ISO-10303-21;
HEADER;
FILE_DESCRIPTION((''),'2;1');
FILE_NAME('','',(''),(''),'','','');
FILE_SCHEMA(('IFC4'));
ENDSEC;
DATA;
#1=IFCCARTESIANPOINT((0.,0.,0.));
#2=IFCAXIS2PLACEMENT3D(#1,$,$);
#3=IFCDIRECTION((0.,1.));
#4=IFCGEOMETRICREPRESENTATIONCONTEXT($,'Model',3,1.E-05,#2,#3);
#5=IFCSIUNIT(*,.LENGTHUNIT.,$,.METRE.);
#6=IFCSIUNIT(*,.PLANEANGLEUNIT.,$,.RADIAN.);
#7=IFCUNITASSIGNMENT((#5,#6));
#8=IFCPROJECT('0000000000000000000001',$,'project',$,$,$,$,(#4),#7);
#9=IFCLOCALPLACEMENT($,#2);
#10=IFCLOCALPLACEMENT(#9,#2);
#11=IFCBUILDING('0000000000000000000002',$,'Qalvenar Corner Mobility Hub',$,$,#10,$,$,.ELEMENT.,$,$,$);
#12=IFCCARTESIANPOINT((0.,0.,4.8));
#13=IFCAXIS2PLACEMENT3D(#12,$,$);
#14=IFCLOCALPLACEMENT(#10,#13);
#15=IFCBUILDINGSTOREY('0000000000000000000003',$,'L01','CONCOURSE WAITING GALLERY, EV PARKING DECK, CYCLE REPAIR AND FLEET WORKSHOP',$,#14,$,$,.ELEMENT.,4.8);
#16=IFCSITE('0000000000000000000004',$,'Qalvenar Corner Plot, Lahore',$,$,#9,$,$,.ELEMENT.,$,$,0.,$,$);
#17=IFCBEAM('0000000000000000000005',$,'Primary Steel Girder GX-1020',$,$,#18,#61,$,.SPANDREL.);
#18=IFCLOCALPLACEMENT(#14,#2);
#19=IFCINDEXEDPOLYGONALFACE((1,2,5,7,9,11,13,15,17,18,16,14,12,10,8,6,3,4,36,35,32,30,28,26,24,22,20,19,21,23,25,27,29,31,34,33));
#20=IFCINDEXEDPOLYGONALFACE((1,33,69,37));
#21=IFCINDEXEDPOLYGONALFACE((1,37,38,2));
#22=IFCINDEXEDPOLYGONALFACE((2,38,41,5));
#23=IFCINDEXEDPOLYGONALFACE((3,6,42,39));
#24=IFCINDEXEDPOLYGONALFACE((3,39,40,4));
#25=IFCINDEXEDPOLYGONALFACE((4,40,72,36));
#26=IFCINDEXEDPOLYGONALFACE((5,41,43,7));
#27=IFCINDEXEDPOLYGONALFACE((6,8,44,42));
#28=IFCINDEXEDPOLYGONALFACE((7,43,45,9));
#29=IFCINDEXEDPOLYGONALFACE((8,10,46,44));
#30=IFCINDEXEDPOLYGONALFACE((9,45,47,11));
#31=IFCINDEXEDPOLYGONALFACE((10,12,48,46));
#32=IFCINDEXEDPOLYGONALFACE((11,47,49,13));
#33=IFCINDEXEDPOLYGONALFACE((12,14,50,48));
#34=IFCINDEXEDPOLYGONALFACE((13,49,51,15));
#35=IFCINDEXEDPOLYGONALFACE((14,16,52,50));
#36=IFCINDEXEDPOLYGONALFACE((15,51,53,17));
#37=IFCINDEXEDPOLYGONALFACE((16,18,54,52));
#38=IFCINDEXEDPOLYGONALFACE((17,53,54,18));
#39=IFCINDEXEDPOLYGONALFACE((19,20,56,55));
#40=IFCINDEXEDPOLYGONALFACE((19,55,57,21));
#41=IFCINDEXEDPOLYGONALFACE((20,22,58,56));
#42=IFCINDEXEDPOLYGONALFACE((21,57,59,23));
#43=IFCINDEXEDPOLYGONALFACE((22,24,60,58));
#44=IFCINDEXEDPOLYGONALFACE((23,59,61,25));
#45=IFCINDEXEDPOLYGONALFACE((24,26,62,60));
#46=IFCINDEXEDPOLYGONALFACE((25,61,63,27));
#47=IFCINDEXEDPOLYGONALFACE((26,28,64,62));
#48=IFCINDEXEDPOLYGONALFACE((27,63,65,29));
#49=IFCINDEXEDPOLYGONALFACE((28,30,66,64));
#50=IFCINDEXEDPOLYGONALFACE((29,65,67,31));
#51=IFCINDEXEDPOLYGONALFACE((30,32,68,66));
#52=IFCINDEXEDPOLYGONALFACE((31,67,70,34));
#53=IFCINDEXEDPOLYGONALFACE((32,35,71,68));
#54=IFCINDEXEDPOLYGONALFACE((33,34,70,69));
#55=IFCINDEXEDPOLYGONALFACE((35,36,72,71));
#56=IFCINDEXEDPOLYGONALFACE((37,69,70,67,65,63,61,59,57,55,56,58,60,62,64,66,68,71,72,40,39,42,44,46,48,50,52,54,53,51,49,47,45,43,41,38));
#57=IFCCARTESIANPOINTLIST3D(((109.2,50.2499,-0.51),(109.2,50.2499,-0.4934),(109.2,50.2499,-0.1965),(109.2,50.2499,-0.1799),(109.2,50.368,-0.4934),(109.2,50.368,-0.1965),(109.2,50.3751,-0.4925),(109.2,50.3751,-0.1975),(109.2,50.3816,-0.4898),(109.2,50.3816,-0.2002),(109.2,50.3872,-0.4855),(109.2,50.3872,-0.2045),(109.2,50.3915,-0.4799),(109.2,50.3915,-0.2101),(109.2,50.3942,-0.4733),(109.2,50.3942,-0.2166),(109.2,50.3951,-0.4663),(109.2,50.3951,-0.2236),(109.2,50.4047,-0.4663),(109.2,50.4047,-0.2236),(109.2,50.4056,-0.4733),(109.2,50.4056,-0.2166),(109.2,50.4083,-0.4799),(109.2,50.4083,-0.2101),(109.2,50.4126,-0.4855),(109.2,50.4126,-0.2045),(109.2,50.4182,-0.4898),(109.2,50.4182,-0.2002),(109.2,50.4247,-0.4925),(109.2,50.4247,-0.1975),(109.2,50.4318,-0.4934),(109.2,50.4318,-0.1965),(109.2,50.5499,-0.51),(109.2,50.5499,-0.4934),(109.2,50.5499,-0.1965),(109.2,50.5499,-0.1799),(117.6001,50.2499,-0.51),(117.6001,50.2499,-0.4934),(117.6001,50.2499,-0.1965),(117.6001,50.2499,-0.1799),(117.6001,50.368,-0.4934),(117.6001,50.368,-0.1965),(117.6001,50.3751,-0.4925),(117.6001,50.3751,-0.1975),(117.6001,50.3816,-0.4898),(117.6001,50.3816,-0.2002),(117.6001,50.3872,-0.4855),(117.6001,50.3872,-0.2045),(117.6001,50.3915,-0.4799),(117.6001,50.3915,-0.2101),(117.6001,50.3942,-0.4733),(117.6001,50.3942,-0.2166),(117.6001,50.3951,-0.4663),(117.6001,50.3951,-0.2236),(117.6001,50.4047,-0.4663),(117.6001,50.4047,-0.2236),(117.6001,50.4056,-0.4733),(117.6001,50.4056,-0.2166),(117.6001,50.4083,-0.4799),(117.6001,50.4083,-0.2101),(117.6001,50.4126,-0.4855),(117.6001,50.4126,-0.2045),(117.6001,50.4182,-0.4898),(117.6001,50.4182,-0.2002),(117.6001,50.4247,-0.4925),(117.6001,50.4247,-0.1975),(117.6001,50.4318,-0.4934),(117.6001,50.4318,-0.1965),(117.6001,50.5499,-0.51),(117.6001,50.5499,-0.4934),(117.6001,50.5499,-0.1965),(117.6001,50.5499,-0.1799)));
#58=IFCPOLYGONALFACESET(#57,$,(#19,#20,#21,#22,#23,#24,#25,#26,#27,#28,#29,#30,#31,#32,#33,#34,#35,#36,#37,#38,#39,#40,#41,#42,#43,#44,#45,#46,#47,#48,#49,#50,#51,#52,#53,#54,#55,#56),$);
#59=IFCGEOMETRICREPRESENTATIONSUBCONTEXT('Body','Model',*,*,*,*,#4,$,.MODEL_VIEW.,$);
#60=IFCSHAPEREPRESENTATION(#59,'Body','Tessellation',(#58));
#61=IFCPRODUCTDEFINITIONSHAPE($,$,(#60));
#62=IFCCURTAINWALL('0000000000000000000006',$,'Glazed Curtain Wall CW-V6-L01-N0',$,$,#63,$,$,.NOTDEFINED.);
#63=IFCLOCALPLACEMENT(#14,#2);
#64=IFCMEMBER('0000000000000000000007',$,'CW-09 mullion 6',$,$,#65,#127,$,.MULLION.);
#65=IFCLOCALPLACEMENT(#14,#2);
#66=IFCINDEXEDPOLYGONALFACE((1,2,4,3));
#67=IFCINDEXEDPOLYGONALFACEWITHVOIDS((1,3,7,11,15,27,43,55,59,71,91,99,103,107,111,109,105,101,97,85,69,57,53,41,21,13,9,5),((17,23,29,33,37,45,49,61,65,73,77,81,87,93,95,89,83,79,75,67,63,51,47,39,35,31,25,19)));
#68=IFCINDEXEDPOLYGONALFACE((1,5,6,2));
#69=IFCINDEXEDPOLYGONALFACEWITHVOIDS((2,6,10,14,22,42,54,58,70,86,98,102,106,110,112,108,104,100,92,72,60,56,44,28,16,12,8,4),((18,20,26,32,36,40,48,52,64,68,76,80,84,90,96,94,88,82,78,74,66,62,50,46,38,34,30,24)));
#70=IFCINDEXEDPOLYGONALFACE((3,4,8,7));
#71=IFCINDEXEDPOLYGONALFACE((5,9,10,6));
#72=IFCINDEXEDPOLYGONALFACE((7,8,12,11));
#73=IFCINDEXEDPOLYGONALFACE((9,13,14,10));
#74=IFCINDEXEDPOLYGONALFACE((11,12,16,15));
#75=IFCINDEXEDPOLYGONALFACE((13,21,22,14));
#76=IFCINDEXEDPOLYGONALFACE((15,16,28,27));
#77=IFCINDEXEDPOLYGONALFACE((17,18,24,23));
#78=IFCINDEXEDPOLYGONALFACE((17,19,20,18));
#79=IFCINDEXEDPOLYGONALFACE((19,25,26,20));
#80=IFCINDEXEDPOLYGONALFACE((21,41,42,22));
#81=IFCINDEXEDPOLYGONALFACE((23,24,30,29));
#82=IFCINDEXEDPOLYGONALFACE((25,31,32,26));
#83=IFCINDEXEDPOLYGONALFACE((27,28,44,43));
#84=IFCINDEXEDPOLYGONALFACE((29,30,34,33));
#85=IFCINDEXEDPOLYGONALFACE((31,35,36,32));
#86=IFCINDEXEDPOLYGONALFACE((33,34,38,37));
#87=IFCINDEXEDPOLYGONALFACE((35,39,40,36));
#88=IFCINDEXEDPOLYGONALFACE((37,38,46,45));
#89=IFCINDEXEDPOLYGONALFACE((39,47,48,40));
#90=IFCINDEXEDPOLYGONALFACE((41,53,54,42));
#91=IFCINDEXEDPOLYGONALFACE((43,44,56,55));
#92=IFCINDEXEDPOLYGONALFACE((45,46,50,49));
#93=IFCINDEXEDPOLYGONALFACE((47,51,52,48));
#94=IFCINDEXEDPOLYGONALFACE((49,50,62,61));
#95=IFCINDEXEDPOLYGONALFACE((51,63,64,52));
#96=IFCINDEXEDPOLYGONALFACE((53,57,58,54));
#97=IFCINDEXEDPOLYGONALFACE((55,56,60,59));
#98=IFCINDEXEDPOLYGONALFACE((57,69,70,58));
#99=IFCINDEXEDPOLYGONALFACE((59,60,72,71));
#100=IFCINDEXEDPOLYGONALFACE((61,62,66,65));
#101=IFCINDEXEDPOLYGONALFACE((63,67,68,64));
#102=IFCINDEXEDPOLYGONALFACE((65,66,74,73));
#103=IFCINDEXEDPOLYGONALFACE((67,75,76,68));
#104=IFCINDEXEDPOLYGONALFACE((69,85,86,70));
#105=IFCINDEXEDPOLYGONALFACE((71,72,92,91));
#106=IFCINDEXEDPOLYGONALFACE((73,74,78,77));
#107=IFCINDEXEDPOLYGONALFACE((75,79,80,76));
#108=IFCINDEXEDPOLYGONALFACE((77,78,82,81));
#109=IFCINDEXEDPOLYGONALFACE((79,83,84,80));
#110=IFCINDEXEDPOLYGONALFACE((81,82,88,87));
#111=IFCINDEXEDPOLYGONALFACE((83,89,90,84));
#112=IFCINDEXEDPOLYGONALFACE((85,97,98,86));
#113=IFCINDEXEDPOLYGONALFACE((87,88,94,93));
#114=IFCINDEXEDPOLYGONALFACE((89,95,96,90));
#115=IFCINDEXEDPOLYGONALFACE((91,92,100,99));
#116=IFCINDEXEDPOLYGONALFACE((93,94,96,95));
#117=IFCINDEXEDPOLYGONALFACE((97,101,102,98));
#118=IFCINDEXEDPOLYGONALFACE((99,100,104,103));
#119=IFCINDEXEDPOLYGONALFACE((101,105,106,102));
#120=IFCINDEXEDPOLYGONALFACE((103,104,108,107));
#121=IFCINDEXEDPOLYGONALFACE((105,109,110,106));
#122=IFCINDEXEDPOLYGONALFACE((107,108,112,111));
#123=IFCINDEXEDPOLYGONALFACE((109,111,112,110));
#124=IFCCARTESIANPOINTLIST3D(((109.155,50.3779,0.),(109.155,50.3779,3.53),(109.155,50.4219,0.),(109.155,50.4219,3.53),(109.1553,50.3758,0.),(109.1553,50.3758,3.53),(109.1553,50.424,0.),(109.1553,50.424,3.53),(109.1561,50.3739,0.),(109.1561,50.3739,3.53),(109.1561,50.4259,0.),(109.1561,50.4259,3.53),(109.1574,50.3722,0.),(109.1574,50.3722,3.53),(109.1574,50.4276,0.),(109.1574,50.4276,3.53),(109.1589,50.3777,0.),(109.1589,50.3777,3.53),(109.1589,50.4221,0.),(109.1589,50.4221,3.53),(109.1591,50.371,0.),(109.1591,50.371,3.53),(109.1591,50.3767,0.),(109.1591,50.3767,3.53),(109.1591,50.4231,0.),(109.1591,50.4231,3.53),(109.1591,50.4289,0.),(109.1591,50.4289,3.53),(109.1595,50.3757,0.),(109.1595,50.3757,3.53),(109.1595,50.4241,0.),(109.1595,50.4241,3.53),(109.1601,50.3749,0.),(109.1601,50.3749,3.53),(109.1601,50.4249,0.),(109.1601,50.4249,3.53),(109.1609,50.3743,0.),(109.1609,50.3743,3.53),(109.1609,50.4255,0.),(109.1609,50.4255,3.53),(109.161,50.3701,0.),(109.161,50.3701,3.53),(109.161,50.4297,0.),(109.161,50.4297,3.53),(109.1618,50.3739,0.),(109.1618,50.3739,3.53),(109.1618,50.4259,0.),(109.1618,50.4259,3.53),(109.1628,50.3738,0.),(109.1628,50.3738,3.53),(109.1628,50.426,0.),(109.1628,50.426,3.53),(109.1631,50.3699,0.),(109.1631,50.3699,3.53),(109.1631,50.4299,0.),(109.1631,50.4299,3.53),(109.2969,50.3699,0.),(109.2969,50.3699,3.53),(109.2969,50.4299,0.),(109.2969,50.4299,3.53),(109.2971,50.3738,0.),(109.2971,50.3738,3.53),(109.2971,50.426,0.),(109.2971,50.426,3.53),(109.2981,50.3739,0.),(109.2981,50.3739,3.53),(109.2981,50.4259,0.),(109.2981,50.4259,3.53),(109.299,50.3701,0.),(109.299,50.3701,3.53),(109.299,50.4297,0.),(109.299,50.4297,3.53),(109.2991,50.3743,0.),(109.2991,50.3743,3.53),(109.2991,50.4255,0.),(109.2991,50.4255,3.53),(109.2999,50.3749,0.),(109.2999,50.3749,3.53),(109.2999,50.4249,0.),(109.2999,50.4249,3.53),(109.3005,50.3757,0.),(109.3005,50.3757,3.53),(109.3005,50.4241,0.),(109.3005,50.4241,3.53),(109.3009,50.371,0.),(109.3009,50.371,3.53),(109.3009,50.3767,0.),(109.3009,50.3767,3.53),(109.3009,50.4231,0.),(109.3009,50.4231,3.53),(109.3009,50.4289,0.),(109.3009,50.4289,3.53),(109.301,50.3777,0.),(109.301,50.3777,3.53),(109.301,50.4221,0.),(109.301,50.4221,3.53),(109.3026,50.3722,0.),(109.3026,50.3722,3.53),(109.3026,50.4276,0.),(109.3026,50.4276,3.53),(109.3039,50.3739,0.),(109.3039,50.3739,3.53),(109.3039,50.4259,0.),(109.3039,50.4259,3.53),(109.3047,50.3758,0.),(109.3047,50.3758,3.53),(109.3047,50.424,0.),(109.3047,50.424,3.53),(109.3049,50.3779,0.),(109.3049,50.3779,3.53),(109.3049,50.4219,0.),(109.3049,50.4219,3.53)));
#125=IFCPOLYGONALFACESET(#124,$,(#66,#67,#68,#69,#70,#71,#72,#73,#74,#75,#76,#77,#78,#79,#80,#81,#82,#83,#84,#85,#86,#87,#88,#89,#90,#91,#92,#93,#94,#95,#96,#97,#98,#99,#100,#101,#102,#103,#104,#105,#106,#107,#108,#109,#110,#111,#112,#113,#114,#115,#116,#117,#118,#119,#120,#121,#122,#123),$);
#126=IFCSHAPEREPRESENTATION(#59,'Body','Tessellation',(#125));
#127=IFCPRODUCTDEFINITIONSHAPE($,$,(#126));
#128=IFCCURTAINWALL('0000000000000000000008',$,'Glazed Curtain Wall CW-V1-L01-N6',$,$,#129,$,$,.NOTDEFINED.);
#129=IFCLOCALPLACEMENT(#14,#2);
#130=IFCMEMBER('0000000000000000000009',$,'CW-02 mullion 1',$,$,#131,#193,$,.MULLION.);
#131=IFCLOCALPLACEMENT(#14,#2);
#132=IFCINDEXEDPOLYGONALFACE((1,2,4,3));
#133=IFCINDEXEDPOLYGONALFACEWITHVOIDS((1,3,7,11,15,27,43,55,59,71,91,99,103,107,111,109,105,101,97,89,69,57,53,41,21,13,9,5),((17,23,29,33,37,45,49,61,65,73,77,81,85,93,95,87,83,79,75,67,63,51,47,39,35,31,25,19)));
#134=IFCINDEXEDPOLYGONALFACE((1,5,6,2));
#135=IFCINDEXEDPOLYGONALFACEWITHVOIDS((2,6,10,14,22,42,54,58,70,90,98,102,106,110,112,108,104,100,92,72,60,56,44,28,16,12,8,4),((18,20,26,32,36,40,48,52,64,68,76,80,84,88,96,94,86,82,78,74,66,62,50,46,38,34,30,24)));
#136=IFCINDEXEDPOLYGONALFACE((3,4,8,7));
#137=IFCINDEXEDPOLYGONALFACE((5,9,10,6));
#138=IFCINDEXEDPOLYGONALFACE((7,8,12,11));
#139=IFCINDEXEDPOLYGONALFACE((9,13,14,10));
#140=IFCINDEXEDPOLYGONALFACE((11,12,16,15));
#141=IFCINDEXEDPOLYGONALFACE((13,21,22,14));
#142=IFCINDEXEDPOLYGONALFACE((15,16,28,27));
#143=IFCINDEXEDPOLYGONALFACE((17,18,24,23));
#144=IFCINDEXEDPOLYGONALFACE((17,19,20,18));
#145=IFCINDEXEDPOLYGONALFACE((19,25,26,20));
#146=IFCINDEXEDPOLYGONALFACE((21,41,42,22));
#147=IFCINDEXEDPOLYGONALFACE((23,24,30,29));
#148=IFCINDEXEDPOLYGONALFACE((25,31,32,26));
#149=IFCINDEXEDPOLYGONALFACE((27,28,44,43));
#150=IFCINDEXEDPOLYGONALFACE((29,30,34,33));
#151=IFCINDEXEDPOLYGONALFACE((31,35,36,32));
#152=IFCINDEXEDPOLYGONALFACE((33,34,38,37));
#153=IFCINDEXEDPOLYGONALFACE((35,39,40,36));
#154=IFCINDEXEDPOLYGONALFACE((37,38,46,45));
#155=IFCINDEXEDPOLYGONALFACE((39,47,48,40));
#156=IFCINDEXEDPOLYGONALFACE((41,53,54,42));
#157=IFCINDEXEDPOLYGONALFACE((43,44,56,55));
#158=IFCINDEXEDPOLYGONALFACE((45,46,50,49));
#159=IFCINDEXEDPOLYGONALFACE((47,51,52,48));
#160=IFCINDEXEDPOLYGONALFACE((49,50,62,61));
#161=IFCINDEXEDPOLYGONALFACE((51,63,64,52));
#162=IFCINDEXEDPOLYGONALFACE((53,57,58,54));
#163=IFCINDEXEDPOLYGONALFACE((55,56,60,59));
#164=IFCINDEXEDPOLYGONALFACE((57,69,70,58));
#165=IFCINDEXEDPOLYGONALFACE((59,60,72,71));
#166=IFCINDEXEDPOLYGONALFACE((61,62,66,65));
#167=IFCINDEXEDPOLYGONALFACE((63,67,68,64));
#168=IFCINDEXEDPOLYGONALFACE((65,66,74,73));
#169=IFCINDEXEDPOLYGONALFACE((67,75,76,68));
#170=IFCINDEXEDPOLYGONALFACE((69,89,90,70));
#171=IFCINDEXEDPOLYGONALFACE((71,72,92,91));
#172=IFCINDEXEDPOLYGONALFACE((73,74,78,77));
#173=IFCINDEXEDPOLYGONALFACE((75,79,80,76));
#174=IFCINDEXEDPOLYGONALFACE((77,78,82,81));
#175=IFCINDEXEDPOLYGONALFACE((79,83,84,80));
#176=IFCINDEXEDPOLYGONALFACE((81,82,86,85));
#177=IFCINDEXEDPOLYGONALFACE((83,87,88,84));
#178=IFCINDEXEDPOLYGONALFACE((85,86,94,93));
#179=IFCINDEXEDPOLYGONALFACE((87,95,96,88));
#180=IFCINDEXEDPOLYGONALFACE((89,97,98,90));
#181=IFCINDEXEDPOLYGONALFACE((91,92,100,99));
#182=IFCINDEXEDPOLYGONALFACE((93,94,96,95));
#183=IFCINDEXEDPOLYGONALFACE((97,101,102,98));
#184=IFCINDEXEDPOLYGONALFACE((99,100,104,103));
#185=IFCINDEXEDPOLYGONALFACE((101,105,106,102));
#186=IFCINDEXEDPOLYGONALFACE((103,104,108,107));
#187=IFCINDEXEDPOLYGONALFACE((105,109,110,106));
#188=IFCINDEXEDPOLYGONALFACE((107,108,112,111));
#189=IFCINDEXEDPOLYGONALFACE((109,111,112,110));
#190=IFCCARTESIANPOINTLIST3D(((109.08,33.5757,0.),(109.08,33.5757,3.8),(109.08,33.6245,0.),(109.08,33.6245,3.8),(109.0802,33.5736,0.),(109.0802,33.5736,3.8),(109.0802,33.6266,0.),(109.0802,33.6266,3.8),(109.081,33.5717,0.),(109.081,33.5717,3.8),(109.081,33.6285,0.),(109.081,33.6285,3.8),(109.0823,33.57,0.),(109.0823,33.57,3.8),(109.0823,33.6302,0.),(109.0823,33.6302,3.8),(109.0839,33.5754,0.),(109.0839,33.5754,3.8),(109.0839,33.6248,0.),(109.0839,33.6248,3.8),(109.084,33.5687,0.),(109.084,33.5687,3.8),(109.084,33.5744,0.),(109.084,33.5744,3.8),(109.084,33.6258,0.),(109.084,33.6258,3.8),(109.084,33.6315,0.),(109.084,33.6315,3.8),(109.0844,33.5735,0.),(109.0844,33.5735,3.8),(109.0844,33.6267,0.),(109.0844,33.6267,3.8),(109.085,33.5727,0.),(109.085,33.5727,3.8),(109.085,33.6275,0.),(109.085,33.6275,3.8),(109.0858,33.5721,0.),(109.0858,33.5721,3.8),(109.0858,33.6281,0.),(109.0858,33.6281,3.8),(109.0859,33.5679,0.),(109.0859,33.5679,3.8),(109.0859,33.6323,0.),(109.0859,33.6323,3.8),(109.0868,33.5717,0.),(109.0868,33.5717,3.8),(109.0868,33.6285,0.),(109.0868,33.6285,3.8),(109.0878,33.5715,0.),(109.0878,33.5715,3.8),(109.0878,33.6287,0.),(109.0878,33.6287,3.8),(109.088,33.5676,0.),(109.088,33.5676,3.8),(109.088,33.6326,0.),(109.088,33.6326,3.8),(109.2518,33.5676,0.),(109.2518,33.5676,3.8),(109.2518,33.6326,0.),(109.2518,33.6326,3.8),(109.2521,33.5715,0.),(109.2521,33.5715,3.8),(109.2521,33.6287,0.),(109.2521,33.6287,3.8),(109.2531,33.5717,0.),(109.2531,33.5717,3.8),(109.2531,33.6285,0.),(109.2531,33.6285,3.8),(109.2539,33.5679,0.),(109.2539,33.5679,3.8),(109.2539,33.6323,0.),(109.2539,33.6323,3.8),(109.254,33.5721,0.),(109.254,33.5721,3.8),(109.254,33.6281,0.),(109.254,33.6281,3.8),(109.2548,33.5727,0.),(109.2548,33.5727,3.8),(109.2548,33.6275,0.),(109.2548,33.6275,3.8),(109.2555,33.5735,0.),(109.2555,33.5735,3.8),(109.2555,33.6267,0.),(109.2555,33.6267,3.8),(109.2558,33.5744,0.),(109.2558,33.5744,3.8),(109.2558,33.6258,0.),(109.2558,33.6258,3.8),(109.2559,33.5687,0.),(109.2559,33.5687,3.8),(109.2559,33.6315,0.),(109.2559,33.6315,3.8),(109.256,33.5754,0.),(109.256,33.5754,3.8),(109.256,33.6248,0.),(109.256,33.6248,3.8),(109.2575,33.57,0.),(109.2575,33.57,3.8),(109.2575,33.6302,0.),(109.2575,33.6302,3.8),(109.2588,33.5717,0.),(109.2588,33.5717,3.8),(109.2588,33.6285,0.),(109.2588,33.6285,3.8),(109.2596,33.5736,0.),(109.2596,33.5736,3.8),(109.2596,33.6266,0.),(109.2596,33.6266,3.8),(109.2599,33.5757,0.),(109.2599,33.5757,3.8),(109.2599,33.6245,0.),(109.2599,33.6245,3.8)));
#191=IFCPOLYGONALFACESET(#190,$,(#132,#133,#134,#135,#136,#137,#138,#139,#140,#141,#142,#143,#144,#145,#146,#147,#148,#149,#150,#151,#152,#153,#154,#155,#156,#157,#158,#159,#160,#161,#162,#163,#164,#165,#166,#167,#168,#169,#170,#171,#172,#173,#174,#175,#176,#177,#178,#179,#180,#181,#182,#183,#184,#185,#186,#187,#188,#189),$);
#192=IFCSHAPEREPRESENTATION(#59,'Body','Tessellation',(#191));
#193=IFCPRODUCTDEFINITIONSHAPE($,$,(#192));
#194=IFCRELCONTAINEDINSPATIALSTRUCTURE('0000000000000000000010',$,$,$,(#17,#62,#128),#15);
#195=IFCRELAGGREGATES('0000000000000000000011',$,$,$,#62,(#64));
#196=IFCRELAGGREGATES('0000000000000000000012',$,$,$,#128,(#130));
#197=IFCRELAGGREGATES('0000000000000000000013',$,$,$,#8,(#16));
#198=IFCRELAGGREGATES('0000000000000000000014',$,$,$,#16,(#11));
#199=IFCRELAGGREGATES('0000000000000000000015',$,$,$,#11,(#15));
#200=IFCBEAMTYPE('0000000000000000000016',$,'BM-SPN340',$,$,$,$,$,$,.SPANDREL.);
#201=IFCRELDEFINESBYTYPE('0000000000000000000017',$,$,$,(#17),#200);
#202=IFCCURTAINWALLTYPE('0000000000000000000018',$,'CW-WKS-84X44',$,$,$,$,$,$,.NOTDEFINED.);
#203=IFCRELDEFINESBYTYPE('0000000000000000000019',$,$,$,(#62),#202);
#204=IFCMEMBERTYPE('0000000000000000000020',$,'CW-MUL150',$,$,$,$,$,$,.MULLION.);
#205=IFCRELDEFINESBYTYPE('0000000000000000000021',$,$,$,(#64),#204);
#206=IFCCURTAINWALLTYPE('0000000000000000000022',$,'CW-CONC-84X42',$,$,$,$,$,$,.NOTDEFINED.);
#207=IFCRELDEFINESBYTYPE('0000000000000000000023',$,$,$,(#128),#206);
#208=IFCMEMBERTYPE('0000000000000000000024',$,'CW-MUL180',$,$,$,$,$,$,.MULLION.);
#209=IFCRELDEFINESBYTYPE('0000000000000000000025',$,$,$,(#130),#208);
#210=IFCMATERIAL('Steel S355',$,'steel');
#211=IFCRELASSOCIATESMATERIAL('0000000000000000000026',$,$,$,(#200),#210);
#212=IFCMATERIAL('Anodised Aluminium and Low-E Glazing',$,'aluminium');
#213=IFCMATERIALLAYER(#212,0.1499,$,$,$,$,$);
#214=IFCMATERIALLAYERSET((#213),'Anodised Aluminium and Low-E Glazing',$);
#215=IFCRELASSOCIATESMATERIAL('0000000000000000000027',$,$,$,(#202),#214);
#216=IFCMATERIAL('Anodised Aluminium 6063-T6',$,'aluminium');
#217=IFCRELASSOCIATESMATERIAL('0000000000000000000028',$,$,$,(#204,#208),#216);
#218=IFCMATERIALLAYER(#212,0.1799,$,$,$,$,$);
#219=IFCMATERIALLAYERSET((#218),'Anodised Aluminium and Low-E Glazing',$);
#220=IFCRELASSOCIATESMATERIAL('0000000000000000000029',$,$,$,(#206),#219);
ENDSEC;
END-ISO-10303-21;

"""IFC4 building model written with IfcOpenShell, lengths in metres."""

from ifc_helpers import new_model, si_unit, direction, frame, origin, origin_2d, place, context, subcontext, project, spatial, hollow_rectangle, i_section, extrude, material, layer, layer_set, material_profile, profile_set, type_object, element, aggregate, save


model = new_model("IFC4")

# Units and contexts
model_context = context("Model", 3, precision=1e-05, world=origin(), true_north=direction((0.0, 1.0)))
body_context = subcontext(model_context, "Body", "Model", "MODEL_VIEW")
ifc_project = project(units=[si_unit("LENGTHUNIT", "METRE"), si_unit("PLANEANGLEUNIT", "RADIAN")], contexts=[model_context])

# Site, building, storey
site_placement = place(None, origin())
site = spatial("IfcSite", under=ifc_project, at=site_placement, Name="Qalvenar Corner Plot, Lahore", CompositionType="ELEMENT", RefElevation=0.0)
building_placement = place(site_placement, origin())
building = spatial("IfcBuilding", under=site, at=building_placement, Name="Qalvenar Corner Mobility Hub", CompositionType="ELEMENT")
storey_placement = place(building_placement, frame((0.0, 0.0, 4.8)))
storey = spatial("IfcBuildingStorey", under=building, at=storey_placement, Name="L01", Description="CONCOURSE WAITING GALLERY, EV PARKING DECK, CYCLE REPAIR AND FLEET WORKSHOP", CompositionType="ELEMENT", Elevation=4.8)

# Shared definitions
ifc_material_1 = material(Name="Steel S355", Category="steel")

# Beam
ifc_material_profile_1 = material_profile(ifc_material_1, i_section(OverallWidth=0.3, OverallDepth=0.3301, WebThickness=0.0095, FlangeThickness=0.0166, FilletRadius=0.0271, at=origin_2d()), Name="HEA340")
ifc_profile_set_1 = profile_set([ifc_material_profile_1], Name="Steel S355")
beam_type_1 = type_object("IfcBeamType", Name="BM-SPN340", PredefinedType="SPANDREL", material=ifc_profile_set_1)
beam_placement = place(storey_placement, frame((109.2, 50.3999, -0.345), z_axis=(1.0, 0.0, 0.0), x_axis=(0.0, 1.0, 0.0)))
element("IfcBeam", 1, at=beam_placement, inside=storey, type_object=beam_type_1, Name="Primary Steel Girder GX-1020", PredefinedType="SPANDREL", context=body_context, shape_type="SweptSolid", body=[
    extrude(i_section(OverallWidth=0.3, OverallDepth=0.3301, WebThickness=0.0095, FlangeThickness=0.0166, FilletRadius=0.0271, at=origin_2d()), origin(), (0.0, 0.0, 1.0), 8.4001),
])

# Curtain wall, member
ifc_material_2 = material(Name="Anodised Aluminium and Low-E Glazing", Category="aluminium")
ifc_layer_1 = layer(ifc_material_2, 0.1499)
ifc_layer_set_1 = layer_set([ifc_layer_1], Name="Anodised Aluminium and Low-E Glazing")
curtain_wall_type_1 = type_object("IfcCurtainWallType", Name="CW-WKS-84X44", PredefinedType="NOTDEFINED", material=ifc_layer_set_1)
curtain_wall_1_placement = place(storey_placement, origin())
curtain_wall_1 = element("IfcCurtainWall", 2, at=curtain_wall_1_placement, inside=storey, type_object=curtain_wall_type_1, Name="Glazed Curtain Wall CW-V6-L01-N0", PredefinedType="NOTDEFINED")
ifc_material_3 = material(Name="Anodised Aluminium 6063-T6", Category="aluminium")
ifc_material_profile_2 = material_profile(ifc_material_3, hollow_rectangle(XDim=0.0601, YDim=0.1499, WallThickness=0.0039, InnerFilletRadius=0.0039, OuterFilletRadius=0.0081, at=origin_2d()), Name="RHS150x60x4")
ifc_profile_set_2 = profile_set([ifc_material_profile_2], Name="Anodised Aluminium 6063-T6")
member_type_1 = type_object("IfcMemberType", Name="CW-MUL150", PredefinedType="MULLION", material=ifc_profile_set_2)
member_1_placement = place(storey_placement, frame((109.23, 50.3999, 0.0), z_axis=(0.0, 0.0, 1.0), x_axis=(0.0, -1.0, 0.0)))
member_1 = element("IfcMember", 3, at=member_1_placement, type_object=member_type_1, Name="CW-09 mullion 6", PredefinedType="MULLION", context=body_context, shape_type="SweptSolid", body=[
    extrude(hollow_rectangle(XDim=0.0601, YDim=0.1499, WallThickness=0.0039, InnerFilletRadius=0.0039, OuterFilletRadius=0.0081, at=origin_2d()), origin(), (0.0, 0.0, 1.0), 3.53),
])
aggregate(curtain_wall_1, [member_1])

# Curtain wall, member
ifc_layer_2 = layer(ifc_material_2, 0.1799)
ifc_layer_set_2 = layer_set([ifc_layer_2], Name="Anodised Aluminium and Low-E Glazing")
curtain_wall_type_2 = type_object("IfcCurtainWallType", Name="CW-CONC-84X42", PredefinedType="NOTDEFINED", material=ifc_layer_set_2)
curtain_wall_2_placement = place(storey_placement, origin())
curtain_wall_2 = element("IfcCurtainWall", 4, at=curtain_wall_2_placement, inside=storey, type_object=curtain_wall_type_2, Name="Glazed Curtain Wall CW-V1-L01-N6", PredefinedType="NOTDEFINED")
ifc_material_profile_3 = material_profile(ifc_material_3, hollow_rectangle(XDim=0.0649, YDim=0.1799, WallThickness=0.0039, InnerFilletRadius=0.0039, OuterFilletRadius=0.0081, at=origin_2d()), Name="RHS180x65x4")
ifc_profile_set_3 = profile_set([ifc_material_profile_3], Name="Anodised Aluminium 6063-T6")
member_type_2 = type_object("IfcMemberType", Name="CW-MUL180", PredefinedType="MULLION", material=ifc_profile_set_3)
member_2_placement = place(storey_placement, frame((109.1699, 33.6001, 0.0), z_axis=(0.0, 0.0, 1.0), x_axis=(0.0, -1.0, 0.0)))
member_2 = element("IfcMember", 5, at=member_2_placement, type_object=member_type_2, Name="CW-02 mullion 1", PredefinedType="MULLION", context=body_context, shape_type="SweptSolid", body=[
    extrude(hollow_rectangle(XDim=0.0649, YDim=0.1799, WallThickness=0.0039, InnerFilletRadius=0.0039, OuterFilletRadius=0.0081, at=origin_2d()), origin(), (0.0, 0.0, 1.0), 3.8),
])
aggregate(curtain_wall_2, [member_2])

save(model, "model.ifc")
